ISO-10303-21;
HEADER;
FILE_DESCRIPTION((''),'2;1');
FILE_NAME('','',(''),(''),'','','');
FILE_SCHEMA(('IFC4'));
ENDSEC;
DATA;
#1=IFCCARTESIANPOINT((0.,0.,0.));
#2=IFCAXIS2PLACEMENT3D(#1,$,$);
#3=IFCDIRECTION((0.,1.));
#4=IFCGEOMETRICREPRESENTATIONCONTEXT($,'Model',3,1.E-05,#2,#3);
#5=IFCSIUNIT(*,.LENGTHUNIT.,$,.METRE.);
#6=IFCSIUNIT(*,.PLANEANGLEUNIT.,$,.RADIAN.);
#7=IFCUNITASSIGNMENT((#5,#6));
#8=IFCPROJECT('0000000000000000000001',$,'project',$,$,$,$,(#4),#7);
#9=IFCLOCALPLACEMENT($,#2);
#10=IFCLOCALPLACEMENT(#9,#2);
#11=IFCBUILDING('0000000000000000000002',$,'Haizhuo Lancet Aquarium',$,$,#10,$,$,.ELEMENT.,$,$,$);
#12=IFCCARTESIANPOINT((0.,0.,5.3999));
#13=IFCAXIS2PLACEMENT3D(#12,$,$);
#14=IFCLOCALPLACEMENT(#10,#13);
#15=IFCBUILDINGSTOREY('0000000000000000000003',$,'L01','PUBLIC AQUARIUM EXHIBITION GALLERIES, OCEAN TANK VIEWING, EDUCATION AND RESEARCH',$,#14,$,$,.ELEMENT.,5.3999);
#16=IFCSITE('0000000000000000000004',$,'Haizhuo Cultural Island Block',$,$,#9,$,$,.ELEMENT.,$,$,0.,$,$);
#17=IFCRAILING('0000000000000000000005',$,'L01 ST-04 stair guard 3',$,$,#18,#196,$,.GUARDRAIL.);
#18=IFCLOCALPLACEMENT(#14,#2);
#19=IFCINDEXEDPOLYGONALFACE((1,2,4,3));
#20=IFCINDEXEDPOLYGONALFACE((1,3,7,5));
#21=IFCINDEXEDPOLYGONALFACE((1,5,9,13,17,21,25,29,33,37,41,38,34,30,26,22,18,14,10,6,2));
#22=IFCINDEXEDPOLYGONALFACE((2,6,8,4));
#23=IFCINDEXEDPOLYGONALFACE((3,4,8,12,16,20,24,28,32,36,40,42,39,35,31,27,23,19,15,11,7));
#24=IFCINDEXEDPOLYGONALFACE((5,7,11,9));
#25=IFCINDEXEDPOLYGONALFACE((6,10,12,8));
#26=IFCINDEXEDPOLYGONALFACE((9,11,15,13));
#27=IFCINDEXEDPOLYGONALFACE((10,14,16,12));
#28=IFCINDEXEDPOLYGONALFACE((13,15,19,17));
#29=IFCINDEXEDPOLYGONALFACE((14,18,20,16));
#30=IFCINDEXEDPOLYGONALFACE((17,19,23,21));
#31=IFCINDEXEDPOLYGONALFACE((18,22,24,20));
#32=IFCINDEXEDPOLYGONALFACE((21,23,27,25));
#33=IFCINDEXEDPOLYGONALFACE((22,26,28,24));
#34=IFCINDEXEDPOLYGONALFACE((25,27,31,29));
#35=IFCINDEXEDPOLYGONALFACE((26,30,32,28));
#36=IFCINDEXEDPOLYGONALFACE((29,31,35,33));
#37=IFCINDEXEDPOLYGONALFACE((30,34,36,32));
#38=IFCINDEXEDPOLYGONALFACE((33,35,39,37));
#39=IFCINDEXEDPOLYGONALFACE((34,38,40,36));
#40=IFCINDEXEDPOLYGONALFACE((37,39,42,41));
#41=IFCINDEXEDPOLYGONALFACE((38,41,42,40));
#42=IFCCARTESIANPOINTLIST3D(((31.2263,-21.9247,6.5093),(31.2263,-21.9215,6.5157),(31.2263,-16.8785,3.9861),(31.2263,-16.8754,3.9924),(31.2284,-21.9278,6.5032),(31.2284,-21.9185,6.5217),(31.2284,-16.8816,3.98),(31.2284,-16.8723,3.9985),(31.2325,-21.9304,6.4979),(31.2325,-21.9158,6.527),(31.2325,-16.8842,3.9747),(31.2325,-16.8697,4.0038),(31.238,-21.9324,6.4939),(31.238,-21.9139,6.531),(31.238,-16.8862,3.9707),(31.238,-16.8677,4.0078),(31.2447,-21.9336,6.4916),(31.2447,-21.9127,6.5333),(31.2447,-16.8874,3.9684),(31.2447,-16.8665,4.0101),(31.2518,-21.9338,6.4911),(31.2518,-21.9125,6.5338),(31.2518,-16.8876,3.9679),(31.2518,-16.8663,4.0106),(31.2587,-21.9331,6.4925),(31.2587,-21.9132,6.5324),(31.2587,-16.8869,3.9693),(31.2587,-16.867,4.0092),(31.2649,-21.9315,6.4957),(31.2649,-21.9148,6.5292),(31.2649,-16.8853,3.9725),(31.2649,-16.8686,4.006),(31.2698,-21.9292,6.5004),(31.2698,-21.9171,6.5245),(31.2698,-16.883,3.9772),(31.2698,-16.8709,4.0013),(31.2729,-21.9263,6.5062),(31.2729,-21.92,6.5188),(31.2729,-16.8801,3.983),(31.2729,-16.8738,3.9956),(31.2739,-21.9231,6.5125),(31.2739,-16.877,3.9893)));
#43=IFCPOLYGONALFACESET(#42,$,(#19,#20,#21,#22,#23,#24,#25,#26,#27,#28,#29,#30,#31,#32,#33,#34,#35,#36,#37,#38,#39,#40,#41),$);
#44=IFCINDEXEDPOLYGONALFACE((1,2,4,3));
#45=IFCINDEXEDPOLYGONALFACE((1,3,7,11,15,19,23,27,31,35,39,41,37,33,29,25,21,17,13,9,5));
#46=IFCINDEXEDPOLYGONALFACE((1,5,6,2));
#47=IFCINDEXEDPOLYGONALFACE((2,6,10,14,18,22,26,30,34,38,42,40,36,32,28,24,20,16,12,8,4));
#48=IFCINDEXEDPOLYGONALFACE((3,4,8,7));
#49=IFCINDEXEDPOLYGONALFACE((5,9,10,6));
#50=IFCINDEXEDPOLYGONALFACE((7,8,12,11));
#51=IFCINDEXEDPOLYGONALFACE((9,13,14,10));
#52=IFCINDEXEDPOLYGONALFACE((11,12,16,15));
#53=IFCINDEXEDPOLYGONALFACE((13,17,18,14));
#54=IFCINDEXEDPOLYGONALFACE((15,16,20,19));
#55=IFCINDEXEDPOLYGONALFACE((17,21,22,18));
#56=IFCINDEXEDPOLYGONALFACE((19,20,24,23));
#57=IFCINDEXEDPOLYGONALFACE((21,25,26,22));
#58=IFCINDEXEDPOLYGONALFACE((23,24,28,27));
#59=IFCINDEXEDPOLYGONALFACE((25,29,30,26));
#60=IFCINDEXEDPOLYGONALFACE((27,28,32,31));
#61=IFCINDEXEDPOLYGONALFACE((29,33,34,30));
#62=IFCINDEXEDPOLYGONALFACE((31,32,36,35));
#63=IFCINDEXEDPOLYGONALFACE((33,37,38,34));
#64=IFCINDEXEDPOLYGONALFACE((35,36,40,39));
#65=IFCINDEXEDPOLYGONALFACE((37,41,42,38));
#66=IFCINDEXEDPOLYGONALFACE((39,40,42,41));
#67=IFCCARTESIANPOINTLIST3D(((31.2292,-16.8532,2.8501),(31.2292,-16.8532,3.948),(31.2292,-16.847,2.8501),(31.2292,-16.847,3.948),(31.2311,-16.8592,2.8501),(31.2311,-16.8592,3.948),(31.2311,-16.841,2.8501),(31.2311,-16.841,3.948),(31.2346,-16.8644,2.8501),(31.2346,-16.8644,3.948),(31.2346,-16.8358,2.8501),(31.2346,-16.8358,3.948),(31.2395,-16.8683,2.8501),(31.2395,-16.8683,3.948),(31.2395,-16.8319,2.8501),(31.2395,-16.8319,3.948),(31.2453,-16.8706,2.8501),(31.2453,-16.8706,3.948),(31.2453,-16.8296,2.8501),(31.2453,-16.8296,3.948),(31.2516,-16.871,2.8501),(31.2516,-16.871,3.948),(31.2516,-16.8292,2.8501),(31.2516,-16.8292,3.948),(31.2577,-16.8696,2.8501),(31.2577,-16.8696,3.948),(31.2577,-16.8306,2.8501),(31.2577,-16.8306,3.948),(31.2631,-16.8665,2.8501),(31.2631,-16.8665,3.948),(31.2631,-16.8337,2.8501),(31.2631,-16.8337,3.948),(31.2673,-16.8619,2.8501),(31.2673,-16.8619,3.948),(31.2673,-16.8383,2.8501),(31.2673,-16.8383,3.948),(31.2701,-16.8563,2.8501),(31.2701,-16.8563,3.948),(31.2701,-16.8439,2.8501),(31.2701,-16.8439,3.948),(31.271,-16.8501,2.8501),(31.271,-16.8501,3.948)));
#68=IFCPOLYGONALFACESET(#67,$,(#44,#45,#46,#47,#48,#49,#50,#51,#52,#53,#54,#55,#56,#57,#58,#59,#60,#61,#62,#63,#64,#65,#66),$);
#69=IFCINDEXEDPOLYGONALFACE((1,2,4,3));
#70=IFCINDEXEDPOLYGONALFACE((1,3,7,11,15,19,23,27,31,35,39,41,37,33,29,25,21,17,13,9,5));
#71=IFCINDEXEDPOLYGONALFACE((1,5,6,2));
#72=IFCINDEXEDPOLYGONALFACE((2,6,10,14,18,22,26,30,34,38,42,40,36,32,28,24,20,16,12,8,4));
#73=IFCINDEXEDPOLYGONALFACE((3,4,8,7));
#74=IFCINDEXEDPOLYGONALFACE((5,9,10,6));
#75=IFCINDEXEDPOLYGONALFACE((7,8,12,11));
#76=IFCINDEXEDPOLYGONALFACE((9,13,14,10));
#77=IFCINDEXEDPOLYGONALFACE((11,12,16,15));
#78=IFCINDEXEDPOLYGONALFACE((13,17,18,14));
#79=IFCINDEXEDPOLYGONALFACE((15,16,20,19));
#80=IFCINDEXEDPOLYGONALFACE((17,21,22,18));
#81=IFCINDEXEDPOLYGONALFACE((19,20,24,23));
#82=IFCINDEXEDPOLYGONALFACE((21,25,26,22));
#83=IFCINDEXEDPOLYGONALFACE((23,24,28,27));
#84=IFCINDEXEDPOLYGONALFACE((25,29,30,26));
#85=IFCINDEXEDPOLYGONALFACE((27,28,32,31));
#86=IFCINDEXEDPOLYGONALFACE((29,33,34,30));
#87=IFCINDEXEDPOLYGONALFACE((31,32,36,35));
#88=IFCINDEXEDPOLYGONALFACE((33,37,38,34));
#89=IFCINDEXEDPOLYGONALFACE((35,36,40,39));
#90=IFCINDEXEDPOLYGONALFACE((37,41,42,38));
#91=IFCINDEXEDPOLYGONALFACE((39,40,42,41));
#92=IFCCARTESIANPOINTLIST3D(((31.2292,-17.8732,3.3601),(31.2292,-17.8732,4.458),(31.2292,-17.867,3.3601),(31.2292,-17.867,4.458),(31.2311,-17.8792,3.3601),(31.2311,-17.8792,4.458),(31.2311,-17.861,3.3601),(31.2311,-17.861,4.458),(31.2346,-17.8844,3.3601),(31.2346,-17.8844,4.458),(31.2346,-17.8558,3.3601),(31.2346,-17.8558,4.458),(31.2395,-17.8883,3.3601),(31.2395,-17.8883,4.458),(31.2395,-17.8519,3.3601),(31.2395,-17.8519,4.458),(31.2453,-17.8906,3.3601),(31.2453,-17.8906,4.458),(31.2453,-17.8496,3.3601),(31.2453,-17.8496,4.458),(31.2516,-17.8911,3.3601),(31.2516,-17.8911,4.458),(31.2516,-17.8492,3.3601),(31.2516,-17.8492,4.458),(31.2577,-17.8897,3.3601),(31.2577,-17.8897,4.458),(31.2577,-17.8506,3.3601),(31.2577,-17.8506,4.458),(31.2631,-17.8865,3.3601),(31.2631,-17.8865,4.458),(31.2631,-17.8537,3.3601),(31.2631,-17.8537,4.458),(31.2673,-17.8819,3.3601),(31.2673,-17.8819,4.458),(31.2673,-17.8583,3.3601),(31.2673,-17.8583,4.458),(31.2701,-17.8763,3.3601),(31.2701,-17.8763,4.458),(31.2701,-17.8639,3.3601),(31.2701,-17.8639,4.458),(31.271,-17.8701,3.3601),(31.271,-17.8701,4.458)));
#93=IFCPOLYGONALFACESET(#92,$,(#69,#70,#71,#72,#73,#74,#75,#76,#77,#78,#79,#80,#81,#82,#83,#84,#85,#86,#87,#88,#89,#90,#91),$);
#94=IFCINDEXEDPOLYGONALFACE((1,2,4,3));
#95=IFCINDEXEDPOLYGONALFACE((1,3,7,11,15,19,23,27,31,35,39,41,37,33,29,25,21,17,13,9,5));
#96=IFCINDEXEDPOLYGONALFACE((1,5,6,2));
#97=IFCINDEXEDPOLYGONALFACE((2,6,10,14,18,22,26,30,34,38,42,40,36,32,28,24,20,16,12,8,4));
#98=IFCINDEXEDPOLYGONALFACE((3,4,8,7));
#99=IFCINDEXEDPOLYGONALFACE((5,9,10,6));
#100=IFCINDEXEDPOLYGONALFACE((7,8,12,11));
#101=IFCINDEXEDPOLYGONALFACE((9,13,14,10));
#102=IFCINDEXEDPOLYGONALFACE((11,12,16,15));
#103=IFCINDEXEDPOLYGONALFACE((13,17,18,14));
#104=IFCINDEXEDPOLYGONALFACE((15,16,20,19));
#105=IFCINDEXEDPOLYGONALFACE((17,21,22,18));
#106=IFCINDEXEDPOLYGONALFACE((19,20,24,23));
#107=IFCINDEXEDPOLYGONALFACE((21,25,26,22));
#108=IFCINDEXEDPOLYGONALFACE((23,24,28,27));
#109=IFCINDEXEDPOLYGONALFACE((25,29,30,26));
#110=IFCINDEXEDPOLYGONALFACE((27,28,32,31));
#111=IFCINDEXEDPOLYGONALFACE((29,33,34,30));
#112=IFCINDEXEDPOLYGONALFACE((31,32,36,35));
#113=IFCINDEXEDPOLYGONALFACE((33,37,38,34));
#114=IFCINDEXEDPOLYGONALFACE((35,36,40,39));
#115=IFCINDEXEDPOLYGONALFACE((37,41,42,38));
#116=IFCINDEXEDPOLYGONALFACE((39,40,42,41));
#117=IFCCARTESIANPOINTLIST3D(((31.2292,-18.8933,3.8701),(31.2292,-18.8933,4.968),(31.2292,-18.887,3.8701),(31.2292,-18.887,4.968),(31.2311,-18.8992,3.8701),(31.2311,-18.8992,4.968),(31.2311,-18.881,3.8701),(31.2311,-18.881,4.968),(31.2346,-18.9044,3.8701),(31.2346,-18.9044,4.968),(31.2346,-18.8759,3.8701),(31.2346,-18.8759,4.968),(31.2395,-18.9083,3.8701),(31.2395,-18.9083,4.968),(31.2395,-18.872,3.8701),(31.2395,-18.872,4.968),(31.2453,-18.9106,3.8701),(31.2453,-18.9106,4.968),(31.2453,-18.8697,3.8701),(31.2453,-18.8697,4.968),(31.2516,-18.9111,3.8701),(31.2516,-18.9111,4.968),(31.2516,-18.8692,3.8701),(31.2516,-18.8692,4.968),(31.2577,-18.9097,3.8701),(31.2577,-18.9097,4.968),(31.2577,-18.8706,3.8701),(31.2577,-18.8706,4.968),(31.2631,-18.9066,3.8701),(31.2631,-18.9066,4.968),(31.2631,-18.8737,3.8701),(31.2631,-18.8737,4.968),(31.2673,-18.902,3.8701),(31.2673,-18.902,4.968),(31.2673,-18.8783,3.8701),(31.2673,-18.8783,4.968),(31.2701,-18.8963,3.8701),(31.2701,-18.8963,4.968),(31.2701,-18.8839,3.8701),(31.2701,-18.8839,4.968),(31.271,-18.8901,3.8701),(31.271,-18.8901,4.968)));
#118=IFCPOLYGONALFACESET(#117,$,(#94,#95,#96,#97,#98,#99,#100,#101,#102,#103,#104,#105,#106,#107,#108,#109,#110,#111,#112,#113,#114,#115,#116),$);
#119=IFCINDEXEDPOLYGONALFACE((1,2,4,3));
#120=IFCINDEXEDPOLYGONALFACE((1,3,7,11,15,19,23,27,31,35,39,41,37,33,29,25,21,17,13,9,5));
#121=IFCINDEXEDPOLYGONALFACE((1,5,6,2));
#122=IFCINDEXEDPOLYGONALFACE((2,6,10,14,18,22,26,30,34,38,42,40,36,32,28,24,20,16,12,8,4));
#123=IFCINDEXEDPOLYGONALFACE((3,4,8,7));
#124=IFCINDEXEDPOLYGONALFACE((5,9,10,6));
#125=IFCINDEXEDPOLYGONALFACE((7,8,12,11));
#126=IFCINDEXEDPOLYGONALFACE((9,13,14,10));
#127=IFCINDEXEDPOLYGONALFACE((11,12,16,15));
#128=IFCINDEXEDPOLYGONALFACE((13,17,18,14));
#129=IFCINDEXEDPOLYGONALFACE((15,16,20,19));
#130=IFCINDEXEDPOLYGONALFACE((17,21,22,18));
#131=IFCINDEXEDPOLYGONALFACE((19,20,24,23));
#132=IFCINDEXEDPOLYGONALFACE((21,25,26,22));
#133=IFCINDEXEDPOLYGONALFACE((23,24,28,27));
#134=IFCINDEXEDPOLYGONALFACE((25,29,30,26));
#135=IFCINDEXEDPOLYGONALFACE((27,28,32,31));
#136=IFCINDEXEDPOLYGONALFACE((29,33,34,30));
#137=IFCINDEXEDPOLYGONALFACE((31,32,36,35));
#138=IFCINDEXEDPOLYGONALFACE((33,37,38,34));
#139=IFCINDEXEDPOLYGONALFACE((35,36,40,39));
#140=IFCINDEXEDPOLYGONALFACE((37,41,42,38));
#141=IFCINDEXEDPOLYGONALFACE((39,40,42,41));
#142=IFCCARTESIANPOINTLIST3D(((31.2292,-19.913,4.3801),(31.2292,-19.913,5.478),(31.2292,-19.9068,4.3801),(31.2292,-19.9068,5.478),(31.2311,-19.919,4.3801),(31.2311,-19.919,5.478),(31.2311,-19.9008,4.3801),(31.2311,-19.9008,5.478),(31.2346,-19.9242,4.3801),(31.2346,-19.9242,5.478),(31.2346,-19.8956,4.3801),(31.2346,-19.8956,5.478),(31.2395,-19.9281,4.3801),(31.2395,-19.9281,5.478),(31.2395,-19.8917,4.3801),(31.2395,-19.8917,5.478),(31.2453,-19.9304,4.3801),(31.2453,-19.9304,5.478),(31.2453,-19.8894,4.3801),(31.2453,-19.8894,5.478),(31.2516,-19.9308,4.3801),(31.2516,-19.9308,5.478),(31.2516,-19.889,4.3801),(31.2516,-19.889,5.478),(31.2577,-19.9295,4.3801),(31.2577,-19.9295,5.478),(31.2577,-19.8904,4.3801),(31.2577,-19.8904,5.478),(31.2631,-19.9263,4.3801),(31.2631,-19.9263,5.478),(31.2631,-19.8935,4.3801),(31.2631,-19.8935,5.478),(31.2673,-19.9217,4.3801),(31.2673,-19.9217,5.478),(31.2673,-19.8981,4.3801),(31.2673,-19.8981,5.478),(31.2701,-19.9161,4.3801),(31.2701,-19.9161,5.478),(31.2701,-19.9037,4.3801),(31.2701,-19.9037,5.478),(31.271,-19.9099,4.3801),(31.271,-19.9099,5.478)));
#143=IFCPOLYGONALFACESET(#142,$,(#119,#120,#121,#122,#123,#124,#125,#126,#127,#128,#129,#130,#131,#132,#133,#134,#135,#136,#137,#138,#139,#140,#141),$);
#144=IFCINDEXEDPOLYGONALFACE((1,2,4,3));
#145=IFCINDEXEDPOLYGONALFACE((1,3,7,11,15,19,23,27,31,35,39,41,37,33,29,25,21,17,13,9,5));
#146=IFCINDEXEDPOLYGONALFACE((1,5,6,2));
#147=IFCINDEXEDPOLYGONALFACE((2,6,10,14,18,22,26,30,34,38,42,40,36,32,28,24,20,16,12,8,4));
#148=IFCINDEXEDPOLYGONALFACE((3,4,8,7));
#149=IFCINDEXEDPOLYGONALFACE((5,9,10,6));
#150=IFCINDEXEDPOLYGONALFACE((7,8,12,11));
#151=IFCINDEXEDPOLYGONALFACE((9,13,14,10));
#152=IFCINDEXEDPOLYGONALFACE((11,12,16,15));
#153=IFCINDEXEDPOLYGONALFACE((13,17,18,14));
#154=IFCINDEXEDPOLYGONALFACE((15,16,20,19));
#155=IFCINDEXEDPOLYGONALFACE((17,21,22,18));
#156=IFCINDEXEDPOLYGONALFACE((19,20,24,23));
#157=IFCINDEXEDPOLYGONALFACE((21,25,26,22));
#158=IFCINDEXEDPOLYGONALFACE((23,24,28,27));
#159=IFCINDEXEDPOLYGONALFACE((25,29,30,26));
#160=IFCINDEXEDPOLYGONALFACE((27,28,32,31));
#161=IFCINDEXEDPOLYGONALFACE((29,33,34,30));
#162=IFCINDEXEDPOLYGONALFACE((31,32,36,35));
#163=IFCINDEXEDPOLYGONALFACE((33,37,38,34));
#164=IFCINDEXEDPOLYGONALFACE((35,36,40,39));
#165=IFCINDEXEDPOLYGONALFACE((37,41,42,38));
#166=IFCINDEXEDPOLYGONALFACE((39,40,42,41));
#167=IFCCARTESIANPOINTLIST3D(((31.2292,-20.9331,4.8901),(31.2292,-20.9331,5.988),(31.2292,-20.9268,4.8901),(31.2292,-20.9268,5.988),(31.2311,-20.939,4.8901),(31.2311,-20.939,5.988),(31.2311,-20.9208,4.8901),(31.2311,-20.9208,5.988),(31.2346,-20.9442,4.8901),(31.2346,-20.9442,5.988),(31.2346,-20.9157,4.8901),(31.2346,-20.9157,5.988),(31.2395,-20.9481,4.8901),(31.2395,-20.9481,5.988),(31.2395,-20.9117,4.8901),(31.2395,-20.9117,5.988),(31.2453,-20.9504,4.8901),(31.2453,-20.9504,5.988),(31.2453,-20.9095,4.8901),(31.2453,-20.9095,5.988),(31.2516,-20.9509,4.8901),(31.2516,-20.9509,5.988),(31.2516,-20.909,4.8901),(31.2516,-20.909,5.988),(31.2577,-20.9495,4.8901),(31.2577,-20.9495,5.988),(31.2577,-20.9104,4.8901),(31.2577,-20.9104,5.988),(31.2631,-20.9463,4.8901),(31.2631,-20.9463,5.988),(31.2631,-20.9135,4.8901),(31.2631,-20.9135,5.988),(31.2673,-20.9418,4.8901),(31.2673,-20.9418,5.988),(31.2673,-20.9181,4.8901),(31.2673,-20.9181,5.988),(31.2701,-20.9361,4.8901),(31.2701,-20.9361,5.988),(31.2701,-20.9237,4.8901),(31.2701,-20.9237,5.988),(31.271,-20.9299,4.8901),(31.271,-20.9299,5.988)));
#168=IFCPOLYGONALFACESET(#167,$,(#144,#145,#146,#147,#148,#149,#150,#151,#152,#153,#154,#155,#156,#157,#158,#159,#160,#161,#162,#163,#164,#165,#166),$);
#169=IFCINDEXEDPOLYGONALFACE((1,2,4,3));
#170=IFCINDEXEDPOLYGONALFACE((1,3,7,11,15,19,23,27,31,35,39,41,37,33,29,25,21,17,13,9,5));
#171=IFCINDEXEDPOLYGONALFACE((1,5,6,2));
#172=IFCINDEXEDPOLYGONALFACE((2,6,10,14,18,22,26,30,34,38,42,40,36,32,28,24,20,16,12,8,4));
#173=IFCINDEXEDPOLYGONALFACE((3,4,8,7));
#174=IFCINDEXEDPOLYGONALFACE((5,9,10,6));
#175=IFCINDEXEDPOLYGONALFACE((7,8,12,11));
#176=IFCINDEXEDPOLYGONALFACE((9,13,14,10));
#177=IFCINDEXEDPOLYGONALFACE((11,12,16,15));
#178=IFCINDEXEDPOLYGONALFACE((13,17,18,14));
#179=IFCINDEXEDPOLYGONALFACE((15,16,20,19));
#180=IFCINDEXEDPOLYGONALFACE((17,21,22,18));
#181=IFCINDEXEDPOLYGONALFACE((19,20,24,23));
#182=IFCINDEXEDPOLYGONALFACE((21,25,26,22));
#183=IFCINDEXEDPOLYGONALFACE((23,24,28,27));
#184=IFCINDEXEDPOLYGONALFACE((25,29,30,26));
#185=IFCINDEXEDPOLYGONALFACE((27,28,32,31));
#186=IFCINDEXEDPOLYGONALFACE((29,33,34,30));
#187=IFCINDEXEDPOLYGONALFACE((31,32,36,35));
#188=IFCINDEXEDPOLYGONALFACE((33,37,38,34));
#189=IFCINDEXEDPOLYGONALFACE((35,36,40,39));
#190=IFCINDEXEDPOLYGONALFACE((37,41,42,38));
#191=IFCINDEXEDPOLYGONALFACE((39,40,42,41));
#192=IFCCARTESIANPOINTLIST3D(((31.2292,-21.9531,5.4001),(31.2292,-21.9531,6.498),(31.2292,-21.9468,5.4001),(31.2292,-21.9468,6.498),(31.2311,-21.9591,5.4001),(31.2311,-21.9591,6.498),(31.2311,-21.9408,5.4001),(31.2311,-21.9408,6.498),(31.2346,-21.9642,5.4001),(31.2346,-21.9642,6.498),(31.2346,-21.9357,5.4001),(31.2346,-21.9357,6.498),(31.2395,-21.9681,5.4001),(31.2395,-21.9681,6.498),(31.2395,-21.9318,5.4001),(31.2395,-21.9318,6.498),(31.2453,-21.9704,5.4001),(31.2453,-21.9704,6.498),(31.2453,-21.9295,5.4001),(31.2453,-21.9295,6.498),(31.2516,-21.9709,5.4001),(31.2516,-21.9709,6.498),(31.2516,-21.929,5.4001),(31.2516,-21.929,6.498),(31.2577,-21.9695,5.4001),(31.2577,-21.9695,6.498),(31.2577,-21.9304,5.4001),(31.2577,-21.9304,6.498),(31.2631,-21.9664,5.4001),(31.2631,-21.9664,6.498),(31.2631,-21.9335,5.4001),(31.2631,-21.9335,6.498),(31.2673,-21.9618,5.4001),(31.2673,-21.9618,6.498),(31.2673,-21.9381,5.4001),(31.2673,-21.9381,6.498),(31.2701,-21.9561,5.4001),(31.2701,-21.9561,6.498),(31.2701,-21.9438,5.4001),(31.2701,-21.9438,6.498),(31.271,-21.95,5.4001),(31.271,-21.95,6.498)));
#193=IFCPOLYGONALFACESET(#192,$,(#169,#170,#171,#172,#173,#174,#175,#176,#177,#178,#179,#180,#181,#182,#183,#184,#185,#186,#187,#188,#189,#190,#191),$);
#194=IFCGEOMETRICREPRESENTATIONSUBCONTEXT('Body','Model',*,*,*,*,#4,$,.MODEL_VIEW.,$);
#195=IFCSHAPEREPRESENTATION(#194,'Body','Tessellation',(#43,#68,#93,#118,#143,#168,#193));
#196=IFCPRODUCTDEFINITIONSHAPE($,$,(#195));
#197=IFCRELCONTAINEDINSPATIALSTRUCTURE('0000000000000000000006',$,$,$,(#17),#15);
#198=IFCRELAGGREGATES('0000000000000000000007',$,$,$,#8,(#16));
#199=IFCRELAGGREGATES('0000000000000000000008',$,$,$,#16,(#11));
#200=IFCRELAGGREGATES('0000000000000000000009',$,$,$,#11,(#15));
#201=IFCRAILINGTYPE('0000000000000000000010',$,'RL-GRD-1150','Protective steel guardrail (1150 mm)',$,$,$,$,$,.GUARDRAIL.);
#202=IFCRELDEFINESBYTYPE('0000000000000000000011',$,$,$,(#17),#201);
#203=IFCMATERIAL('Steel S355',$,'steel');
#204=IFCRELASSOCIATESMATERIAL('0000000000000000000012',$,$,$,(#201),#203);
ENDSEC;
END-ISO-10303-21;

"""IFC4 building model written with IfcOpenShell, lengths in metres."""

from ifc_helpers import new_model, si_unit, direction, frame, origin, origin_2d, place, context, subcontext, project, spatial, circle, extrude, material, type_object, element, save


model = new_model("IFC4")

# Units and contexts
model_context = context("Model", 3, precision=1e-05, world=origin(), true_north=direction((0.0, 1.0)))
body_context = subcontext(model_context, "Body", "Model", "MODEL_VIEW")
ifc_project = project(units=[si_unit("LENGTHUNIT", "METRE"), si_unit("PLANEANGLEUNIT", "RADIAN")], contexts=[model_context])

# Site, building, storey
site_placement = place(None, origin())
site = spatial("IfcSite", under=ifc_project, at=site_placement, Name="Haizhuo Cultural Island Block", CompositionType="ELEMENT", RefElevation=0.0)
building_placement = place(site_placement, origin())
building = spatial("IfcBuilding", under=site, at=building_placement, Name="Haizhuo Lancet Aquarium", CompositionType="ELEMENT")
storey_placement = place(building_placement, frame((0.0, 0.0, 5.3999)))
storey = spatial("IfcBuildingStorey", under=building, at=storey_placement, Name="L01", Description="PUBLIC AQUARIUM EXHIBITION GALLERIES, OCEAN TANK VIEWING, EDUCATION AND RESEARCH", CompositionType="ELEMENT", Elevation=5.3999)

# Shared definitions
ifc_material_1 = material(Name="Steel S355", Category="steel")

# Railing
railing_type_1 = type_object("IfcRailingType", Name="RL-GRD-1150", Description="Protective steel guardrail (1150 mm)", PredefinedType="GUARDRAIL", material=ifc_material_1)
railing_1_placement = place(storey_placement, frame((31.25, -16.8501, 2.8501)))
element("IfcRailing", 1, at=railing_1_placement, inside=storey, type_object=railing_type_1, Name="L01 ST-04 stair guard 3", PredefinedType="GUARDRAIL", context=body_context, shape_type="SweptSolid", body=[
    extrude(circle(Radius=0.0239, at=origin_2d()), frame((0.0, -0.0269, 1.1392), z_axis=(0.0, -0.894419, 0.447231), x_axis=(1.0, 0.0, 0.0)), (0.0, 0.0, 1.0), 5.6418),
    extrude(circle(Radius=0.021, at=origin_2d()), origin(), (0.0, 0.0, 1.0), 1.0979),
    extrude(circle(Radius=0.021, at=origin_2d()), frame((0.0, -1.02, 0.51)), (0.0, 0.0, 1.0), 1.0979),
    extrude(circle(Radius=0.021, at=origin_2d()), frame((0.0, -2.04, 1.02)), (0.0, 0.0, 1.0), 1.0979),
    extrude(circle(Radius=0.021, at=origin_2d()), frame((0.0, -3.0598, 1.53)), (0.0, 0.0, 1.0), 1.0979),
    extrude(circle(Radius=0.021, at=origin_2d()), frame((0.0, -4.0798, 2.04)), (0.0, 0.0, 1.0), 1.0979),
    extrude(circle(Radius=0.021, at=origin_2d()), frame((0.0, -5.0999, 2.55)), (0.0, 0.0, 1.0), 1.0979),
])

save(model, "model.ifc")
